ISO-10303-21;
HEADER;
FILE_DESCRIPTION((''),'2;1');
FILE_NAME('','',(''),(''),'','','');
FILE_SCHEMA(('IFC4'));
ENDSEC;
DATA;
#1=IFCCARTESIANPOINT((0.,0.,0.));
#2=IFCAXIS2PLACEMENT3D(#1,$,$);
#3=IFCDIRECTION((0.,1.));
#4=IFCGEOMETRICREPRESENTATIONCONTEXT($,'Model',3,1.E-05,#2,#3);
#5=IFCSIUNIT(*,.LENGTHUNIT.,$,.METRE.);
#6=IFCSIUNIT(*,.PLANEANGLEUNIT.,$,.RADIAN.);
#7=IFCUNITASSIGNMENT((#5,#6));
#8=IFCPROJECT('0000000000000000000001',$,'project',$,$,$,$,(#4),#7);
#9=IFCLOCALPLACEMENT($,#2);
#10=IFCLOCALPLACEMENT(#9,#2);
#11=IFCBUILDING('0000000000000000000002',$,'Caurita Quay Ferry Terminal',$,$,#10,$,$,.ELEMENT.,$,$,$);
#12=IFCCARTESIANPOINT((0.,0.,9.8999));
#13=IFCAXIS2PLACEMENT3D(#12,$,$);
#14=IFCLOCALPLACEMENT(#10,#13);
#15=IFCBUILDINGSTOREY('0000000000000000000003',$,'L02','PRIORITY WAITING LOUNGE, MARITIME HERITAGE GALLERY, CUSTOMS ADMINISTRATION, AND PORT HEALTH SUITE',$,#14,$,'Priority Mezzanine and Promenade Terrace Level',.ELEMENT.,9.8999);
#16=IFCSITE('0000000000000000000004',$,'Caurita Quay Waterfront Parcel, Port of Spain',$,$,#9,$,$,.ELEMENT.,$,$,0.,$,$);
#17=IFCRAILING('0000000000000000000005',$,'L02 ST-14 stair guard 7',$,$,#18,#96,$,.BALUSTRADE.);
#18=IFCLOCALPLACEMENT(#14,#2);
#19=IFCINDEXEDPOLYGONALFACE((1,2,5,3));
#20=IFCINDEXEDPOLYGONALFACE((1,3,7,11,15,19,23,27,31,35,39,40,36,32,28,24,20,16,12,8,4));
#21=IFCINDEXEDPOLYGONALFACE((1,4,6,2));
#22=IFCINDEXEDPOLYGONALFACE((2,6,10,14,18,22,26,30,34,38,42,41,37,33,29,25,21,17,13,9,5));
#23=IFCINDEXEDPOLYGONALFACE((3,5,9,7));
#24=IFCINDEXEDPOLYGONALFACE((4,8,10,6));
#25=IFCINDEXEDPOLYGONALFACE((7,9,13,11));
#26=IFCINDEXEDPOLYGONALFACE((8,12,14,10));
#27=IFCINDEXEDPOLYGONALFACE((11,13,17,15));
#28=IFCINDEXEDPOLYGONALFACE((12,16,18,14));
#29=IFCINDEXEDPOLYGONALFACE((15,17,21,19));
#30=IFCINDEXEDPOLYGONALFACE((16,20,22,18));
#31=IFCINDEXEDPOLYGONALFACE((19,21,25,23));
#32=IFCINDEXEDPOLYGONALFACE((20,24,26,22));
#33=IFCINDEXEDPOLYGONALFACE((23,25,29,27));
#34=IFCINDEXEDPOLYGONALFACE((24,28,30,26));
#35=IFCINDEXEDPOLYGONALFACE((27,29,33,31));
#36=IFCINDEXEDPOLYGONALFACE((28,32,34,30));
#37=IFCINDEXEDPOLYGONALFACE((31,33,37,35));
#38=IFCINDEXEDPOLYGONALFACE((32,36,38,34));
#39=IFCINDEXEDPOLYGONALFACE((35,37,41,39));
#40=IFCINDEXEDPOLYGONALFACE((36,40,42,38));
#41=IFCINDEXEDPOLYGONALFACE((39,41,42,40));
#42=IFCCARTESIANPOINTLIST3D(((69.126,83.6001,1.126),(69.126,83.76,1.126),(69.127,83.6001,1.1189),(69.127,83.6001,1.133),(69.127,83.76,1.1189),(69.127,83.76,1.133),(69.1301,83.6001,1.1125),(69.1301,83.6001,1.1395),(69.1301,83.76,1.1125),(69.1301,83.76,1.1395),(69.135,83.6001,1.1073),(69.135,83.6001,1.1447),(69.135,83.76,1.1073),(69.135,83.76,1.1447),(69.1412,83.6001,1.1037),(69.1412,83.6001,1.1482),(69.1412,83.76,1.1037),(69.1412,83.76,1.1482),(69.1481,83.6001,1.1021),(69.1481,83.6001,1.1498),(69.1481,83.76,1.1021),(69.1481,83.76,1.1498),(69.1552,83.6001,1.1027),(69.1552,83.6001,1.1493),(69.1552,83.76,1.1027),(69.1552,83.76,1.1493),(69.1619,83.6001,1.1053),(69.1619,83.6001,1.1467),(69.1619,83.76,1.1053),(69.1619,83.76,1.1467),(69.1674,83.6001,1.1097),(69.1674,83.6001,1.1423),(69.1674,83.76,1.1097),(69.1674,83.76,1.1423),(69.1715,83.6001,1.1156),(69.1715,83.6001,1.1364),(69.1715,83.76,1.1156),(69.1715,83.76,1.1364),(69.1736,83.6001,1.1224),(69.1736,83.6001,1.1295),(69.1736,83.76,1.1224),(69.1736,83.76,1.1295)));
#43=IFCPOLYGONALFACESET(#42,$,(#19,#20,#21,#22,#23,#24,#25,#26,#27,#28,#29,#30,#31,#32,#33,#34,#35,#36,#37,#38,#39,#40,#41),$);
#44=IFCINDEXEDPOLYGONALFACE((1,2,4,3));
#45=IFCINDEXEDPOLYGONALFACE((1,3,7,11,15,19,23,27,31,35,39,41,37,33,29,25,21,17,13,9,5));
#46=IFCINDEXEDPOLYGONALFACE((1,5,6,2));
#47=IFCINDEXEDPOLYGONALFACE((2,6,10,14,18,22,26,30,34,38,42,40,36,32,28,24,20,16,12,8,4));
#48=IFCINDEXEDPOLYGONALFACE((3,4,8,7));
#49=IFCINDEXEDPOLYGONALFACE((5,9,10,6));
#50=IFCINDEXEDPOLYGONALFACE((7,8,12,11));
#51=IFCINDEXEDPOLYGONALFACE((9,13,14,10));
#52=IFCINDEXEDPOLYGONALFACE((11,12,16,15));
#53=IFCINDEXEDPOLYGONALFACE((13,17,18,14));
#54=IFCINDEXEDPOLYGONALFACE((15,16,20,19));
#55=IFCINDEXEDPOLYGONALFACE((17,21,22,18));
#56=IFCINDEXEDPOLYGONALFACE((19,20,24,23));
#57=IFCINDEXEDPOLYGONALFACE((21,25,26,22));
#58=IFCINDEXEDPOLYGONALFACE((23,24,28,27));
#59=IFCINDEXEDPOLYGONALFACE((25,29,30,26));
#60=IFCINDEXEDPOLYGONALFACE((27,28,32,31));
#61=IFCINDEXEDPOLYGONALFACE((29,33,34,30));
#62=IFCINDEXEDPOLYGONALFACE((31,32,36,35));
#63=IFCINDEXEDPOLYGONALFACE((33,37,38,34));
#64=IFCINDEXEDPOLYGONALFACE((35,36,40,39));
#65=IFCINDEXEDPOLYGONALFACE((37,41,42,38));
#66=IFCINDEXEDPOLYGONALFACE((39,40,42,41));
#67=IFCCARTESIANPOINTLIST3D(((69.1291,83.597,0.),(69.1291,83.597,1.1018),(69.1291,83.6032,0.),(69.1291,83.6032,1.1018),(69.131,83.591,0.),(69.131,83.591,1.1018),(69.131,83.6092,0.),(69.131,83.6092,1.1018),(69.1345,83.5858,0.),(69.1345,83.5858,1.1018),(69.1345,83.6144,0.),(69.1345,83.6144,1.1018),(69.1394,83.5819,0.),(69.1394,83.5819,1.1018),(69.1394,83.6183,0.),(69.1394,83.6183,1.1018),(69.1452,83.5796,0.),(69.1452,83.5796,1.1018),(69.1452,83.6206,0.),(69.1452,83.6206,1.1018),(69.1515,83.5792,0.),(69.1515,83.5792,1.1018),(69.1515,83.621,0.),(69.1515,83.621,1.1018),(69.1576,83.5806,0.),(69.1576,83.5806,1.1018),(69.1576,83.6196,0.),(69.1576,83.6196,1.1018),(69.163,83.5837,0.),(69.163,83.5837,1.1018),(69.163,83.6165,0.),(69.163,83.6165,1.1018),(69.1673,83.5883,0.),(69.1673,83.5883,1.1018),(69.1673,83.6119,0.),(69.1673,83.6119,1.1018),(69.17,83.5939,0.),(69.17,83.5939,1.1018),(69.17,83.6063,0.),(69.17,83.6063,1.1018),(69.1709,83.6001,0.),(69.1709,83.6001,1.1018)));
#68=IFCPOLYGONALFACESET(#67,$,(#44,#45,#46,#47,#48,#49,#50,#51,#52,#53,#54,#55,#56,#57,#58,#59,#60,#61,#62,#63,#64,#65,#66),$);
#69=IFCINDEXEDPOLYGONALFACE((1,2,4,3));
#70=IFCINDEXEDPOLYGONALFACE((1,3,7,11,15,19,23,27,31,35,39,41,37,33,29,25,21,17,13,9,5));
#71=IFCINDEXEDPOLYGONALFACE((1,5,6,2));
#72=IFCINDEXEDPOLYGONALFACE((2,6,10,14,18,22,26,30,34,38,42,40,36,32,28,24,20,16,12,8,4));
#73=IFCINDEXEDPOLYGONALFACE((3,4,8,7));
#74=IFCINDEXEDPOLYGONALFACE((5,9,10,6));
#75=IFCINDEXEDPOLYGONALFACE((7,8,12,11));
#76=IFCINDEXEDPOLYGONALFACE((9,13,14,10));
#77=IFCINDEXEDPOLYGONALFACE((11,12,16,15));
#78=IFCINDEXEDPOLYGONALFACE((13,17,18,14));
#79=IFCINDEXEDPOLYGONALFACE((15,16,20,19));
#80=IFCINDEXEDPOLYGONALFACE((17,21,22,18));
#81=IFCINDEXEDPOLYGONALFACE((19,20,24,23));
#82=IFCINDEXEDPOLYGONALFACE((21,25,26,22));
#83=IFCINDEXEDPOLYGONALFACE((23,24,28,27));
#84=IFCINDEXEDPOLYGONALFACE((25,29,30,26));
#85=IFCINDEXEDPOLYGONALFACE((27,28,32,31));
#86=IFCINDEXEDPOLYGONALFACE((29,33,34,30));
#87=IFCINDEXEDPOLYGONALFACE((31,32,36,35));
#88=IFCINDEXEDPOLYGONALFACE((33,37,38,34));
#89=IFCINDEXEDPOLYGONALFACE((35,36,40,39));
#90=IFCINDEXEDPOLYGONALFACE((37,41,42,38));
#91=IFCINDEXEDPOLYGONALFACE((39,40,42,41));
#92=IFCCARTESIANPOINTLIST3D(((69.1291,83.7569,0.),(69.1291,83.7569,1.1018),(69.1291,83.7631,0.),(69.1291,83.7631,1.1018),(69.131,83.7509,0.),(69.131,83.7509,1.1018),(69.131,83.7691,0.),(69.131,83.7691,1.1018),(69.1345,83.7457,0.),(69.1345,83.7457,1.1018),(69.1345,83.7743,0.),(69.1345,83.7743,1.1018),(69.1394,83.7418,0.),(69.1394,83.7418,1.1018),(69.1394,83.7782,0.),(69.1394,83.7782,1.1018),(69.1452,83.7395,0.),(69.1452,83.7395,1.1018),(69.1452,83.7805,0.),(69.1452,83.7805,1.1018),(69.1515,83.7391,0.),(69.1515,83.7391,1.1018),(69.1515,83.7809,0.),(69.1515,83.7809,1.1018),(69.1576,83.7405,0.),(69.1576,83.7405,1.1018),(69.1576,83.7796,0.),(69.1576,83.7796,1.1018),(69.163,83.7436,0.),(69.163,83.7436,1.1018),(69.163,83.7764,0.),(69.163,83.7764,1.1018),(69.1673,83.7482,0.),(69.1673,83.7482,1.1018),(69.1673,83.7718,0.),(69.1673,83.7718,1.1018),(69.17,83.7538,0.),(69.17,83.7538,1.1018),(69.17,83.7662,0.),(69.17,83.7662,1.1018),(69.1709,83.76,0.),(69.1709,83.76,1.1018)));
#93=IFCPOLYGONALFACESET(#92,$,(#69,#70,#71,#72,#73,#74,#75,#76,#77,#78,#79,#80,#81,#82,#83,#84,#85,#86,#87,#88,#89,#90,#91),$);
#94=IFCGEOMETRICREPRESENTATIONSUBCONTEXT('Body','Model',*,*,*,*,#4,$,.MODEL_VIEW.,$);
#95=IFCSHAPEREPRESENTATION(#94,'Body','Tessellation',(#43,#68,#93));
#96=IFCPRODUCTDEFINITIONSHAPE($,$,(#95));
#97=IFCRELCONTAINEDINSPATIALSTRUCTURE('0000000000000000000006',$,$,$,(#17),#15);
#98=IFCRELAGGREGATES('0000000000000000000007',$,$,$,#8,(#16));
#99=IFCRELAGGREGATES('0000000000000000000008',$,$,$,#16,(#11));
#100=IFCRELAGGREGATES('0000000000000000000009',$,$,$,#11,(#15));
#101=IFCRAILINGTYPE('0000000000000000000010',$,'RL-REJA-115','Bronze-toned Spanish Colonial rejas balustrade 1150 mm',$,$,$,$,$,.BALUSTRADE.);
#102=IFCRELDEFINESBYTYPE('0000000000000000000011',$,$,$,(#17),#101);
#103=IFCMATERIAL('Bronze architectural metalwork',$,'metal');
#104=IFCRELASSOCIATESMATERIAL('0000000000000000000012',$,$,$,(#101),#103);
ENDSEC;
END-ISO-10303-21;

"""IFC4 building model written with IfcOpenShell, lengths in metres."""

from ifc_helpers import new_model, si_unit, direction, frame, origin, origin_2d, place, context, subcontext, project, spatial, circle, extrude, material, type_object, element, save


model = new_model("IFC4")

# Units and contexts
model_context = context("Model", 3, precision=1e-05, world=origin(), true_north=direction((0.0, 1.0)))
body_context = subcontext(model_context, "Body", "Model", "MODEL_VIEW")
ifc_project = project(units=[si_unit("LENGTHUNIT", "METRE"), si_unit("PLANEANGLEUNIT", "RADIAN")], contexts=[model_context])

# Site, building, storey
site_placement = place(None, origin())
site = spatial("IfcSite", under=ifc_project, at=site_placement, Name="Caurita Quay Waterfront Parcel, Port of Spain", CompositionType="ELEMENT", RefElevation=0.0)
building_placement = place(site_placement, origin())
building = spatial("IfcBuilding", under=site, at=building_placement, Name="Caurita Quay Ferry Terminal", CompositionType="ELEMENT")
storey_placement = place(building_placement, frame((0.0, 0.0, 9.8999)))
storey = spatial("IfcBuildingStorey", under=building, at=storey_placement, Name="L02", Description="PRIORITY WAITING LOUNGE, MARITIME HERITAGE GALLERY, CUSTOMS ADMINISTRATION, AND PORT HEALTH SUITE", LongName="Priority Mezzanine and Promenade Terrace Level", CompositionType="ELEMENT", Elevation=9.8999)

# Railing
ifc_material_1 = material(Name="Bronze architectural metalwork", Category="metal")
railing_type_1 = type_object("IfcRailingType", Name="RL-REJA-115", Description="Bronze-toned Spanish Colonial rejas balustrade 1150 mm", PredefinedType="BALUSTRADE", material=ifc_material_1)
railing_1_placement = place(storey_placement, frame((69.1499, 83.6001, 0.0)))
element("IfcRailing", 1, at=railing_1_placement, inside=storey, type_object=railing_type_1, Name="L02 ST-14 stair guard 7", PredefinedType="BALUSTRADE", context=body_context, shape_type="SweptSolid", body=[
    extrude(circle(Radius=0.0239, at=origin_2d()), frame((0.0, 0.0, 1.126), z_axis=(0.0, 1.0, 0.0), x_axis=(-1.0, 0.0, 0.0)), (0.0, 0.0, 1.0), 0.1599),
    extrude(circle(Radius=0.021, at=origin_2d()), origin(), (0.0, 0.0, 1.0), 1.1018),
    extrude(circle(Radius=0.021, at=origin_2d()), frame((0.0, 0.1599, 0.0)), (0.0, 0.0, 1.0), 1.1018),
])

save(model, "model.ifc")
